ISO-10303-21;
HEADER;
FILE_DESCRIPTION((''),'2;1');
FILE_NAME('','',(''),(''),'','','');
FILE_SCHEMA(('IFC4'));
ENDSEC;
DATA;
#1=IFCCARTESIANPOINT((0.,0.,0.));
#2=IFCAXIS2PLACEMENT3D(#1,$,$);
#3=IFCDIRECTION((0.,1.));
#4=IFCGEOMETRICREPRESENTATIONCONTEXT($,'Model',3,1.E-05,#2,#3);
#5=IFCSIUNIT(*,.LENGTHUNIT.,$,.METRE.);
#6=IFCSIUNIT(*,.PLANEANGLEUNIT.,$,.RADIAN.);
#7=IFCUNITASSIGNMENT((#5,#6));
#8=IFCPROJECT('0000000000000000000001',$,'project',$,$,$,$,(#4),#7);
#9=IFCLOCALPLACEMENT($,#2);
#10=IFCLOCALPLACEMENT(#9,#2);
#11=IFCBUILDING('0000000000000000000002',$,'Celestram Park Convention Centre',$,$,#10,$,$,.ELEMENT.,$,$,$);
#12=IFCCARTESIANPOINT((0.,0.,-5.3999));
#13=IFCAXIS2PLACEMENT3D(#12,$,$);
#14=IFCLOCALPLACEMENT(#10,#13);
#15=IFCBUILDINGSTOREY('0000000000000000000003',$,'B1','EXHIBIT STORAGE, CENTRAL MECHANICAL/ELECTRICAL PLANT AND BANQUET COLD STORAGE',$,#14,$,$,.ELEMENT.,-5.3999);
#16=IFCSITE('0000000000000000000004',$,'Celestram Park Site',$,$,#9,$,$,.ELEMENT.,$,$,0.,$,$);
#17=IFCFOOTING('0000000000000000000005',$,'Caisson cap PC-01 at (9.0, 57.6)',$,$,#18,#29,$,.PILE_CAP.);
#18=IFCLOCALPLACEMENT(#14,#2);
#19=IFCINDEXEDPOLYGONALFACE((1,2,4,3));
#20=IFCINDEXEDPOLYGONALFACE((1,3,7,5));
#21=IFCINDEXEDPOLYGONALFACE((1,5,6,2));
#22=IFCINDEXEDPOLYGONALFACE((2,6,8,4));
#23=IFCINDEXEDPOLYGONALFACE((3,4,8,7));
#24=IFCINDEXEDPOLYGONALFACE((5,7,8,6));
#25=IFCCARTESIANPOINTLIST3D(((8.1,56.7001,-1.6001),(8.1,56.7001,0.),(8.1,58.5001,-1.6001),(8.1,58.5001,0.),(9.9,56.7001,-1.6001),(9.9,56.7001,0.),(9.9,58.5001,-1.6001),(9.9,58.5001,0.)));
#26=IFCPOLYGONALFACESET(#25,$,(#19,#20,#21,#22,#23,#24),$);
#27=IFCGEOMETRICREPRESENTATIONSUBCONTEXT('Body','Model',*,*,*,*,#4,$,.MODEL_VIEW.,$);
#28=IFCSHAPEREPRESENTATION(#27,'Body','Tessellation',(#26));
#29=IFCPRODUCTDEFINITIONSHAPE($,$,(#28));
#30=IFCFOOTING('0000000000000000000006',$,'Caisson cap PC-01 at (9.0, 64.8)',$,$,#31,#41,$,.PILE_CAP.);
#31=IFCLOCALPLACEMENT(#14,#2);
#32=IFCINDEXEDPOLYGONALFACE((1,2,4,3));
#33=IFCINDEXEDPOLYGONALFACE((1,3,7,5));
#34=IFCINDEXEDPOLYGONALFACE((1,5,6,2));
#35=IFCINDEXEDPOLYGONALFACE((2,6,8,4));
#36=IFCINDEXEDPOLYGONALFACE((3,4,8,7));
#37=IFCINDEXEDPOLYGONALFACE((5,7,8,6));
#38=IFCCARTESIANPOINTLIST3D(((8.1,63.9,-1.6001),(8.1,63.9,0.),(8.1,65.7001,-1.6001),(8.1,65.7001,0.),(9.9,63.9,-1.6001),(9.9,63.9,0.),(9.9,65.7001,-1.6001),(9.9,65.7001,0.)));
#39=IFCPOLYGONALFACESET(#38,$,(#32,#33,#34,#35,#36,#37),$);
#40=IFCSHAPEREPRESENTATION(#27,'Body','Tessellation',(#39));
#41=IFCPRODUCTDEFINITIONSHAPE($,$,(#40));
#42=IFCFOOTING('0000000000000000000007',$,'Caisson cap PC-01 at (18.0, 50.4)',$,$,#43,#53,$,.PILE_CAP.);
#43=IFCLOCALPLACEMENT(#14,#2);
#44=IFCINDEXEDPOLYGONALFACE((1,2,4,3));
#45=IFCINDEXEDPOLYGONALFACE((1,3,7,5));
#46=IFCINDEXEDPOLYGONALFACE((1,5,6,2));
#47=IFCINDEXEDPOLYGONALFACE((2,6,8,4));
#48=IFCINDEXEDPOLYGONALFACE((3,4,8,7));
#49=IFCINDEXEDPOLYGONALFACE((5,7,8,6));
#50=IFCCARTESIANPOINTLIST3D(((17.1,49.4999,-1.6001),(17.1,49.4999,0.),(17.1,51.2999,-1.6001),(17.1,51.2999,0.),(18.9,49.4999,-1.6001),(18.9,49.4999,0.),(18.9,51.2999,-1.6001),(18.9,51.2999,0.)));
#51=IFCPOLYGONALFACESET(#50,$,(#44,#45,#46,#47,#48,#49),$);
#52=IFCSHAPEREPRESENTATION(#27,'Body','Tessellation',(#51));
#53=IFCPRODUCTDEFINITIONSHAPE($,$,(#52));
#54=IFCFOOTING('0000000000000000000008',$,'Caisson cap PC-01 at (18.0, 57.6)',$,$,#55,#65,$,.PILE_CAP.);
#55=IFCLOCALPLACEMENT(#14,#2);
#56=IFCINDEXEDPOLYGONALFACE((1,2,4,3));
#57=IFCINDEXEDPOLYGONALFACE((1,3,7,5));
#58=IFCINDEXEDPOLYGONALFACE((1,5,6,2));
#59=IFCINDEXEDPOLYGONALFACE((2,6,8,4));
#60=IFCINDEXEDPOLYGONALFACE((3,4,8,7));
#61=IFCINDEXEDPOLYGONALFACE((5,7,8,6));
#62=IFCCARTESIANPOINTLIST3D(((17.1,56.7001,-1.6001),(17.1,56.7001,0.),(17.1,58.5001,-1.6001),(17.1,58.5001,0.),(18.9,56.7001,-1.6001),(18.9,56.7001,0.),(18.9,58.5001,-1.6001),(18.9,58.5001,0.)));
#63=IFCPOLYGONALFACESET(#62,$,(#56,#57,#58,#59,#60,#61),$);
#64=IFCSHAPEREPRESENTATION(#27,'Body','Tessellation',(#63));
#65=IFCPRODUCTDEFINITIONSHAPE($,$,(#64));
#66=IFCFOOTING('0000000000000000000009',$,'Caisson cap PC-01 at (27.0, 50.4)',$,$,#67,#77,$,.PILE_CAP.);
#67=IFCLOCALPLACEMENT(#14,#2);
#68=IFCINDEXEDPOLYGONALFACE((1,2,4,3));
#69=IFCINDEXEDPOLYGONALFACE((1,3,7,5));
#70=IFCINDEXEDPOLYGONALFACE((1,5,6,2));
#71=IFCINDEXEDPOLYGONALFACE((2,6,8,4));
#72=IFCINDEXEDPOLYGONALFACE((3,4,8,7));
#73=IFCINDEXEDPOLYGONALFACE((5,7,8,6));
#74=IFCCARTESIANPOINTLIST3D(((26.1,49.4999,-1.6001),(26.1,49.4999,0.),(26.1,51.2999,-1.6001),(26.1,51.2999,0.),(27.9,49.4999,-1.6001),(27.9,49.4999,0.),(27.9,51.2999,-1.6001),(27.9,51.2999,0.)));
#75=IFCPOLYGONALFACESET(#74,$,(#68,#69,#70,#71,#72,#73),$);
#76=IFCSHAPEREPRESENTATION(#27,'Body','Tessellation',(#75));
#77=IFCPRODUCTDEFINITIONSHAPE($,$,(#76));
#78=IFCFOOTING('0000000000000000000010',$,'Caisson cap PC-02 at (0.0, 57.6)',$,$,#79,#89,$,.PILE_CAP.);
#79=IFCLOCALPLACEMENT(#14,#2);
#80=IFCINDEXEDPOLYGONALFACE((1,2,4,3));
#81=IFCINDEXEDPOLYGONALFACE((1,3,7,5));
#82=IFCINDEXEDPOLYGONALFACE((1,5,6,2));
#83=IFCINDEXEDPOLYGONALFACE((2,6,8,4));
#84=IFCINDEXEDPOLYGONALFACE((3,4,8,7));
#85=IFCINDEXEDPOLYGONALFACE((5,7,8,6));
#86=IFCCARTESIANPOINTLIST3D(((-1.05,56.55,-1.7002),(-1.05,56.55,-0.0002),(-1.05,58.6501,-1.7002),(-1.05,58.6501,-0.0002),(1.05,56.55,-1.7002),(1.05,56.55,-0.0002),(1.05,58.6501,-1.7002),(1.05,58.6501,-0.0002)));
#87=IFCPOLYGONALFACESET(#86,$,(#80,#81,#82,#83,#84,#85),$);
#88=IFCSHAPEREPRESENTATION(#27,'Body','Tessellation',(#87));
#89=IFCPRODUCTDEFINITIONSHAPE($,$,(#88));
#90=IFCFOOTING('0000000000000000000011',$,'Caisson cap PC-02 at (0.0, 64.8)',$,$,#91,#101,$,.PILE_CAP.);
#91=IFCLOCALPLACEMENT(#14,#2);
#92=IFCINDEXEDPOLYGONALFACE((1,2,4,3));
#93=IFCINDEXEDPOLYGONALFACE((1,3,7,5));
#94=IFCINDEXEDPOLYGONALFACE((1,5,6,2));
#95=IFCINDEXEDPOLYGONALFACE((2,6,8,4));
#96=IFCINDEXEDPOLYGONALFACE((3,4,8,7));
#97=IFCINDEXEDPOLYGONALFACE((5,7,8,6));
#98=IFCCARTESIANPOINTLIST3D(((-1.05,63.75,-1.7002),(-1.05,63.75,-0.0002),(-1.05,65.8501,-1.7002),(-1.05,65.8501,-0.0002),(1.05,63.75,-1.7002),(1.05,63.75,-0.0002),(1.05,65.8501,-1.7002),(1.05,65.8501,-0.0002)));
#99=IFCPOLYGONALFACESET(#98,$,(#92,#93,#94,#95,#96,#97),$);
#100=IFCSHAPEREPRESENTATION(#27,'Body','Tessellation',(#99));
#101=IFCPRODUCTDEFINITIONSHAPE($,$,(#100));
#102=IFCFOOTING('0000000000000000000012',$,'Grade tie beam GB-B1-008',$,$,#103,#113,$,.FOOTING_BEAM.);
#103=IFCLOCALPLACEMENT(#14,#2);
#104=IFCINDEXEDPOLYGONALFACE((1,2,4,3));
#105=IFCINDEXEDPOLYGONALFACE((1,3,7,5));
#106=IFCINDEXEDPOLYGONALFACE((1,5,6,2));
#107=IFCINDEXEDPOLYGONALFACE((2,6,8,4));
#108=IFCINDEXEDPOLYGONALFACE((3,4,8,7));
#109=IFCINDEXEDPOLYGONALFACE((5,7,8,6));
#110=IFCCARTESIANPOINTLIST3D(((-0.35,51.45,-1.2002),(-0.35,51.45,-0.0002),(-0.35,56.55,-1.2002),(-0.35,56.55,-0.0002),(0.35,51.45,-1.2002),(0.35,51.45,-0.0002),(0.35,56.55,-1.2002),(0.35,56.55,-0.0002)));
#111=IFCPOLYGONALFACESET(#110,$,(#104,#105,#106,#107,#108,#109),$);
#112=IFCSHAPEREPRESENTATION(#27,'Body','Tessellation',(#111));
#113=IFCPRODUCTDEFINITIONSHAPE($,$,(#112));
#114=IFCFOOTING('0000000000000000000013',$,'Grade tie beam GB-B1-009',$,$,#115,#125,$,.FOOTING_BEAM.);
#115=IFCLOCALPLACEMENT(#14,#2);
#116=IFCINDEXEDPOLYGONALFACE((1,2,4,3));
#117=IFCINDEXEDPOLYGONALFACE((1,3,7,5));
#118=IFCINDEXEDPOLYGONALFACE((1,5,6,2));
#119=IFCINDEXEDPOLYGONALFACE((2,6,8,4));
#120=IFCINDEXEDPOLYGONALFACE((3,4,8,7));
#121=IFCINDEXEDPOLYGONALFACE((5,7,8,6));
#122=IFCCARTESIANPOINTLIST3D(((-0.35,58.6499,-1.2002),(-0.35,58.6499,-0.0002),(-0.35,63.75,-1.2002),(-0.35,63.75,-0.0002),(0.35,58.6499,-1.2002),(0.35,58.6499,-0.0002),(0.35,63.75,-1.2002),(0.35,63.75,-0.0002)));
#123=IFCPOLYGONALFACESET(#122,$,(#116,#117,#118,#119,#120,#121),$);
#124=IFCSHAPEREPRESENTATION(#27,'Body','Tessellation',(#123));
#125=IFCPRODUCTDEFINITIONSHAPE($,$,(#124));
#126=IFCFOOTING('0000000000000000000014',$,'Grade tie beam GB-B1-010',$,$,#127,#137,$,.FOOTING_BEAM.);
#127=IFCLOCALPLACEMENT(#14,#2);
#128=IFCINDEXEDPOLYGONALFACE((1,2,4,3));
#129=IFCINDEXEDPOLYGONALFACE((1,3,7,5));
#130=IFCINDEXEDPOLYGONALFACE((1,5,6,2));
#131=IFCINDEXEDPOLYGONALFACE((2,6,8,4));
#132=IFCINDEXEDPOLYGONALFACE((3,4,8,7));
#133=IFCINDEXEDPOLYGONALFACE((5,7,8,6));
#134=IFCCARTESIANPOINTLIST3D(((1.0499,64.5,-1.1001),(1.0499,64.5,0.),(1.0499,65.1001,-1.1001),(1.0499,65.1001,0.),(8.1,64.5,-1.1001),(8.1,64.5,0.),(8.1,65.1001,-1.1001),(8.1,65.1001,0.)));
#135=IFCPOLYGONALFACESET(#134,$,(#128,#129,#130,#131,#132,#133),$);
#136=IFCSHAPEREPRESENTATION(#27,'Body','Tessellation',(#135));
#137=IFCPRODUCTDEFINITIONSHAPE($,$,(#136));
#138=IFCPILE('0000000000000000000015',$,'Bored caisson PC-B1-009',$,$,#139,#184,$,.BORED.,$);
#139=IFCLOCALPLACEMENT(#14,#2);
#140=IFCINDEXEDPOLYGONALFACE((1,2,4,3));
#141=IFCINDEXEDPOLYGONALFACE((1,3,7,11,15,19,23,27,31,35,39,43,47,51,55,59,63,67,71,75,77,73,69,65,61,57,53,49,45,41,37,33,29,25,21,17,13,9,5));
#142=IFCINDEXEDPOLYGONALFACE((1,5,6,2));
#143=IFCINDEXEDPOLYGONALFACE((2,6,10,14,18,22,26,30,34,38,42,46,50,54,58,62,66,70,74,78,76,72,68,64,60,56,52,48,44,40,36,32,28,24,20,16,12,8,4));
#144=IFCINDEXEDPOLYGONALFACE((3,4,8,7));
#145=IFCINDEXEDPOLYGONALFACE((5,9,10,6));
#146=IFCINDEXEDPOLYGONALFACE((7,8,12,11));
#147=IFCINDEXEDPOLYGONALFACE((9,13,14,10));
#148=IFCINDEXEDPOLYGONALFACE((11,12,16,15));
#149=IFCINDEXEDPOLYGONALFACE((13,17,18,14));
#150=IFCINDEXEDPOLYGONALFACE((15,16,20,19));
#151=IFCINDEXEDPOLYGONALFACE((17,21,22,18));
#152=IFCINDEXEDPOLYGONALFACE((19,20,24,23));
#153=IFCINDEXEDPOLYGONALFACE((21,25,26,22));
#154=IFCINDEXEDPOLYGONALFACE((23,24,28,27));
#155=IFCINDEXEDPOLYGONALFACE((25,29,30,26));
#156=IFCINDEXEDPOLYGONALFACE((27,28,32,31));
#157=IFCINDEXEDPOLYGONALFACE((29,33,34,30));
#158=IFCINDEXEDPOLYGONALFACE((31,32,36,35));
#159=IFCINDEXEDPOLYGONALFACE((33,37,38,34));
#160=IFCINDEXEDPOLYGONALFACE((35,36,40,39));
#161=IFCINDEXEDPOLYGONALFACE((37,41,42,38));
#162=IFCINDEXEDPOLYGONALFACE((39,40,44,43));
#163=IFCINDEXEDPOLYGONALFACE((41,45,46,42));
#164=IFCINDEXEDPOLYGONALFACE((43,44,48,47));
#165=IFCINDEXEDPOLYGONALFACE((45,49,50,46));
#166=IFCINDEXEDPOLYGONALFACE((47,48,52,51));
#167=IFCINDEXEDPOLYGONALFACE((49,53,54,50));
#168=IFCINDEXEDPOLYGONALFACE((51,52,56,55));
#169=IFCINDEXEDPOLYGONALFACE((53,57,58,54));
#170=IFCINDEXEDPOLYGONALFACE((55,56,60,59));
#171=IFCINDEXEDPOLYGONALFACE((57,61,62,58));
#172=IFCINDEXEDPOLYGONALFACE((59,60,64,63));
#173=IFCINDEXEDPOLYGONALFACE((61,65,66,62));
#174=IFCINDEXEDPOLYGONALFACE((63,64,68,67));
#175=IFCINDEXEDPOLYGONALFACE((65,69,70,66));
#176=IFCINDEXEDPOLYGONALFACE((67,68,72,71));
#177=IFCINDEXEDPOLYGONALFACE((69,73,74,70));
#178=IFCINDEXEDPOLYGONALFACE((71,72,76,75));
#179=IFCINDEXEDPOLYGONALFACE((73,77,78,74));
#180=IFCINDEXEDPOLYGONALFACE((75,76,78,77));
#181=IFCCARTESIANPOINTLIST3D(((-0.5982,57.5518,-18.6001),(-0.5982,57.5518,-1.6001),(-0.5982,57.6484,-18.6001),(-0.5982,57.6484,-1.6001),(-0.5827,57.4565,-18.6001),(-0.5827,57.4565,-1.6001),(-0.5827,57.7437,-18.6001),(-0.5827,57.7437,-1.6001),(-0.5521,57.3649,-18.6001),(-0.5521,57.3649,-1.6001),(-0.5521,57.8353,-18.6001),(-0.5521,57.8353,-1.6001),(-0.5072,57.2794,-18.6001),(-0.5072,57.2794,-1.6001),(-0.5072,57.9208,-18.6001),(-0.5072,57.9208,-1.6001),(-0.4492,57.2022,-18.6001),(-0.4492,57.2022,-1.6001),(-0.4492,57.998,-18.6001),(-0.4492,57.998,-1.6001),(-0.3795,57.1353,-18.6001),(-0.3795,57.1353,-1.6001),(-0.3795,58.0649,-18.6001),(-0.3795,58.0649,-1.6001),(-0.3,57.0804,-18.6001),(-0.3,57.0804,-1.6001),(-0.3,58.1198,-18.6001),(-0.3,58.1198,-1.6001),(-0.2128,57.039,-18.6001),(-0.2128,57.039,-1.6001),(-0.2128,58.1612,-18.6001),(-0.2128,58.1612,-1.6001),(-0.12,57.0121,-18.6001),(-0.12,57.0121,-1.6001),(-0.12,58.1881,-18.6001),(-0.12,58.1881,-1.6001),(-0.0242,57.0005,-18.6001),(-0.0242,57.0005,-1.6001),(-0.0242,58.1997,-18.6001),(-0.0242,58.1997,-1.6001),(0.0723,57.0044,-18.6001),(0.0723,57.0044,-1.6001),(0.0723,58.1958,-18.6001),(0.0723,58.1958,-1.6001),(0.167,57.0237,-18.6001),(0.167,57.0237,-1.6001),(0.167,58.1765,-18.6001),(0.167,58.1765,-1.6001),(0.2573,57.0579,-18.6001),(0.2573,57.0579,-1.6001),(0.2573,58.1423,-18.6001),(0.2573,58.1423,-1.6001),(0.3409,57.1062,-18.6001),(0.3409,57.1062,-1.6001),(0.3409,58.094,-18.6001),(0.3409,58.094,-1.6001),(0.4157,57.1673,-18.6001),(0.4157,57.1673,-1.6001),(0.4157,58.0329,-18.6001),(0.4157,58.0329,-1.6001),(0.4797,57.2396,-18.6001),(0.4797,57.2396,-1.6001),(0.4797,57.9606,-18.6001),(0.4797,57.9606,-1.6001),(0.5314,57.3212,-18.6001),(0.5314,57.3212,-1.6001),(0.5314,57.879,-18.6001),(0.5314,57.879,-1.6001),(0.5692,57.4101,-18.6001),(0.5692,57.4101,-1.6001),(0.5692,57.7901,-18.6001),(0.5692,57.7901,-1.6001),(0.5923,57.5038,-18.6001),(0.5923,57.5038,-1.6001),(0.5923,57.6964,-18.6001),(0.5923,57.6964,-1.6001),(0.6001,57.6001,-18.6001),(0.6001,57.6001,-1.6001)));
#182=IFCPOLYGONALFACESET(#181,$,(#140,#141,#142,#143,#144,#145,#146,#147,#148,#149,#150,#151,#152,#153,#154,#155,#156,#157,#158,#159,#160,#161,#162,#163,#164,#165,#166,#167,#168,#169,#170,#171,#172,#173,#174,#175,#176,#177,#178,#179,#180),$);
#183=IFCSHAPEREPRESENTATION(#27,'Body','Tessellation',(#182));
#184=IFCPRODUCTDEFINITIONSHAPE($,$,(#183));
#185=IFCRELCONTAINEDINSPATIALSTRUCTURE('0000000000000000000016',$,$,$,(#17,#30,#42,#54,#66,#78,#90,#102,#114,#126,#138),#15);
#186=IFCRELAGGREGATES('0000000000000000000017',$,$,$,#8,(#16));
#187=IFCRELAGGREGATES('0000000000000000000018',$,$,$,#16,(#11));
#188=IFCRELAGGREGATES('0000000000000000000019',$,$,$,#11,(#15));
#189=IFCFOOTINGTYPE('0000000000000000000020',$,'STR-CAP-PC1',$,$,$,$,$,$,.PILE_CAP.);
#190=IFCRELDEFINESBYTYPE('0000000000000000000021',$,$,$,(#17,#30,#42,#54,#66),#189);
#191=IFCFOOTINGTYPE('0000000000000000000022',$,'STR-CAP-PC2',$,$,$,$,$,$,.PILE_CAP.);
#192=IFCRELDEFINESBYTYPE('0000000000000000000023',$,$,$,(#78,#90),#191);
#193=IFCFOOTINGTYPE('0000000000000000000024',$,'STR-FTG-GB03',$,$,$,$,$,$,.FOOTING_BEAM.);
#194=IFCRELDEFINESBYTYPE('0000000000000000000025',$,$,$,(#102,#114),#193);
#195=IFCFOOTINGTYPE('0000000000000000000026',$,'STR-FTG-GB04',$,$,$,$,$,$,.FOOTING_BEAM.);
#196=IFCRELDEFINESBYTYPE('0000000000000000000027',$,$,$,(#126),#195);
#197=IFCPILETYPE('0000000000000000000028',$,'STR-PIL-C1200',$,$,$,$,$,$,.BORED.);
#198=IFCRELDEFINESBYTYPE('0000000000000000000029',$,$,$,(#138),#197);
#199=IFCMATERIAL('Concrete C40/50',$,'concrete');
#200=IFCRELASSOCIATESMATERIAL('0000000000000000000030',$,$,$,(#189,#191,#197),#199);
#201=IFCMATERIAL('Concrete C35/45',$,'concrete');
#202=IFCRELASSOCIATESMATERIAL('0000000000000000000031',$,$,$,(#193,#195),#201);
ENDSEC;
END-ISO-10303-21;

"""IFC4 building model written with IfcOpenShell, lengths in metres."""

from ifc_helpers import new_model, si_unit, direction, frame, origin, origin_2d, place, context, subcontext, project, spatial, rectangle, circle, extrude, material, material_profile, profile_set, type_object, element, save


model = new_model("IFC4")

# Units and contexts
model_context = context("Model", 3, precision=1e-05, world=origin(), true_north=direction((0.0, 1.0)))
body_context = subcontext(model_context, "Body", "Model", "MODEL_VIEW")
ifc_project = project(units=[si_unit("LENGTHUNIT", "METRE"), si_unit("PLANEANGLEUNIT", "RADIAN")], contexts=[model_context])

# Site, building, storey
site_placement = place(None, origin())
site = spatial("IfcSite", under=ifc_project, at=site_placement, Name="Celestram Park Site", CompositionType="ELEMENT", RefElevation=0.0)
building_placement = place(site_placement, origin())
building = spatial("IfcBuilding", under=site, at=building_placement, Name="Celestram Park Convention Centre", CompositionType="ELEMENT")
storey_placement = place(building_placement, frame((0.0, 0.0, -5.3999)))
storey = spatial("IfcBuildingStorey", under=building, at=storey_placement, Name="B1", Description="EXHIBIT STORAGE, CENTRAL MECHANICAL/ELECTRICAL PLANT AND BANQUET COLD STORAGE", CompositionType="ELEMENT", Elevation=-5.3999)

# Footings
ifc_material_1 = material(Name="Concrete C40/50", Category="concrete")
footing_type_1 = type_object("IfcFootingType", Name="STR-CAP-PC1", PredefinedType="PILE_CAP", material=ifc_material_1)
for number, where, z_axis, x_axis, name in (
    (1, (9.0, 57.6001, -1.6001), (0.0, 0.0, 1.0), (1.0, 0.0, 0.0), "Caisson cap PC-01 at (9.0, 57.6)"),
    (2, (9.0, 64.8, -1.6001), (0.0, 0.0, 1.0), (1.0, 0.0, 0.0), "Caisson cap PC-01 at (9.0, 64.8)"),
    (3, (18.0, 50.3999, -1.6001), (0.0, 0.0, 1.0), (1.0, 0.0, 0.0), "Caisson cap PC-01 at (18.0, 50.4)"),
    (4, (18.0, 57.6001, -1.6001), (0.0, 0.0, 1.0), (1.0, 0.0, 0.0), "Caisson cap PC-01 at (18.0, 57.6)"),
    (5, (27.0, 50.3999, -1.6001), (0.0, 0.0, 1.0), (1.0, 0.0, 0.0), "Caisson cap PC-01 at (27.0, 50.4)"),
):
    element("IfcFooting", number, at=place(storey_placement, frame(where, z_axis=z_axis, x_axis=x_axis)), inside=storey, type_object=footing_type_1, Name=name, PredefinedType="PILE_CAP", context=body_context, shape_type="SweptSolid", body=[
        extrude(rectangle(XDim=1.8, YDim=1.8, at=origin_2d()), origin(), (0.0, 0.0, 1.0), 1.6001),
    ])
footing_type_2 = type_object("IfcFootingType", Name="STR-CAP-PC2", PredefinedType="PILE_CAP", material=ifc_material_1)
for number, where, z_axis, x_axis, name in (
    (6, (0.0, 57.6001, -1.7002), (0.0, 0.0, 1.0), (1.0, 0.0, 0.0), "Caisson cap PC-02 at (0.0, 57.6)"),
    (7, (0.0, 64.8, -1.7002), (0.0, 0.0, 1.0), (1.0, 0.0, 0.0), "Caisson cap PC-02 at (0.0, 64.8)"),
):
    element("IfcFooting", number, at=place(storey_placement, frame(where, z_axis=z_axis, x_axis=x_axis)), inside=storey, type_object=footing_type_2, Name=name, PredefinedType="PILE_CAP", context=body_context, shape_type="SweptSolid", body=[
        extrude(rectangle(XDim=2.1001, YDim=2.1001, at=origin_2d()), origin(), (0.0, 0.0, 1.0), 1.7),
    ])
ifc_material_2 = material(Name="Concrete C35/45", Category="concrete")
footing_type_3 = type_object("IfcFootingType", Name="STR-FTG-GB03", PredefinedType="FOOTING_BEAM", material=ifc_material_2)
for number, where, z_axis, x_axis, name in (
    (8, (0.0, 54.0, -1.2002), (0.0, 0.0, 1.0), (0.0, 1.0, 0.0), "Grade tie beam GB-B1-008"),
    (9, (0.0, 61.2, -1.2002), (0.0, 0.0, 1.0), (0.0, 1.0, 0.0), "Grade tie beam GB-B1-009"),
):
    element("IfcFooting", number, at=place(storey_placement, frame(where, z_axis=z_axis, x_axis=x_axis)), inside=storey, type_object=footing_type_3, Name=name, PredefinedType="FOOTING_BEAM", context=body_context, shape_type="SweptSolid", body=[
        extrude(rectangle(XDim=5.1001, YDim=0.7, at=origin_2d()), origin(), (0.0, 0.0, 1.0), 1.2),
    ])
footing_type_4 = type_object("IfcFootingType", Name="STR-FTG-GB04", PredefinedType="FOOTING_BEAM", material=ifc_material_2)
footing_placement = place(storey_placement, frame((4.575, 64.8, -1.1001), z_axis=(0.0, 0.0, 1.0), x_axis=(1.0, 0.0, 0.0)))
element("IfcFooting", 10, at=footing_placement, inside=storey, type_object=footing_type_4, Name="Grade tie beam GB-B1-010", PredefinedType="FOOTING_BEAM", context=body_context, shape_type="SweptSolid", body=[
    extrude(rectangle(XDim=7.05, YDim=0.6001, at=origin_2d()), origin(), (0.0, 0.0, 1.0), 1.1001),
])

# Pile
ifc_material_profile_1 = material_profile(ifc_material_1, circle(Radius=0.6001, at=origin_2d()), Name="CAISSON1200")
ifc_profile_set_1 = profile_set([ifc_material_profile_1], Name="Concrete C40/50")
pile_type_1 = type_object("IfcPileType", Name="STR-PIL-C1200", PredefinedType="BORED", material=ifc_profile_set_1)
for number, where, z_axis, x_axis, name in (
    (11, (0.0, 57.6001, -1.6001), (0.0, 0.0, -1.0), (1.0, 0.0, 0.0), "Bored caisson PC-B1-009"),
):
    element("IfcPile", number, at=place(storey_placement, frame(where, z_axis=z_axis, x_axis=x_axis)), inside=storey, type_object=pile_type_1, Name=name, PredefinedType="BORED", context=body_context, shape_type="SweptSolid", body=[
        extrude(circle(Radius=0.6001, at=origin_2d()), origin(), (0.0, 0.0, 1.0), 17.0),
    ])

save(model, "model.ifc")
